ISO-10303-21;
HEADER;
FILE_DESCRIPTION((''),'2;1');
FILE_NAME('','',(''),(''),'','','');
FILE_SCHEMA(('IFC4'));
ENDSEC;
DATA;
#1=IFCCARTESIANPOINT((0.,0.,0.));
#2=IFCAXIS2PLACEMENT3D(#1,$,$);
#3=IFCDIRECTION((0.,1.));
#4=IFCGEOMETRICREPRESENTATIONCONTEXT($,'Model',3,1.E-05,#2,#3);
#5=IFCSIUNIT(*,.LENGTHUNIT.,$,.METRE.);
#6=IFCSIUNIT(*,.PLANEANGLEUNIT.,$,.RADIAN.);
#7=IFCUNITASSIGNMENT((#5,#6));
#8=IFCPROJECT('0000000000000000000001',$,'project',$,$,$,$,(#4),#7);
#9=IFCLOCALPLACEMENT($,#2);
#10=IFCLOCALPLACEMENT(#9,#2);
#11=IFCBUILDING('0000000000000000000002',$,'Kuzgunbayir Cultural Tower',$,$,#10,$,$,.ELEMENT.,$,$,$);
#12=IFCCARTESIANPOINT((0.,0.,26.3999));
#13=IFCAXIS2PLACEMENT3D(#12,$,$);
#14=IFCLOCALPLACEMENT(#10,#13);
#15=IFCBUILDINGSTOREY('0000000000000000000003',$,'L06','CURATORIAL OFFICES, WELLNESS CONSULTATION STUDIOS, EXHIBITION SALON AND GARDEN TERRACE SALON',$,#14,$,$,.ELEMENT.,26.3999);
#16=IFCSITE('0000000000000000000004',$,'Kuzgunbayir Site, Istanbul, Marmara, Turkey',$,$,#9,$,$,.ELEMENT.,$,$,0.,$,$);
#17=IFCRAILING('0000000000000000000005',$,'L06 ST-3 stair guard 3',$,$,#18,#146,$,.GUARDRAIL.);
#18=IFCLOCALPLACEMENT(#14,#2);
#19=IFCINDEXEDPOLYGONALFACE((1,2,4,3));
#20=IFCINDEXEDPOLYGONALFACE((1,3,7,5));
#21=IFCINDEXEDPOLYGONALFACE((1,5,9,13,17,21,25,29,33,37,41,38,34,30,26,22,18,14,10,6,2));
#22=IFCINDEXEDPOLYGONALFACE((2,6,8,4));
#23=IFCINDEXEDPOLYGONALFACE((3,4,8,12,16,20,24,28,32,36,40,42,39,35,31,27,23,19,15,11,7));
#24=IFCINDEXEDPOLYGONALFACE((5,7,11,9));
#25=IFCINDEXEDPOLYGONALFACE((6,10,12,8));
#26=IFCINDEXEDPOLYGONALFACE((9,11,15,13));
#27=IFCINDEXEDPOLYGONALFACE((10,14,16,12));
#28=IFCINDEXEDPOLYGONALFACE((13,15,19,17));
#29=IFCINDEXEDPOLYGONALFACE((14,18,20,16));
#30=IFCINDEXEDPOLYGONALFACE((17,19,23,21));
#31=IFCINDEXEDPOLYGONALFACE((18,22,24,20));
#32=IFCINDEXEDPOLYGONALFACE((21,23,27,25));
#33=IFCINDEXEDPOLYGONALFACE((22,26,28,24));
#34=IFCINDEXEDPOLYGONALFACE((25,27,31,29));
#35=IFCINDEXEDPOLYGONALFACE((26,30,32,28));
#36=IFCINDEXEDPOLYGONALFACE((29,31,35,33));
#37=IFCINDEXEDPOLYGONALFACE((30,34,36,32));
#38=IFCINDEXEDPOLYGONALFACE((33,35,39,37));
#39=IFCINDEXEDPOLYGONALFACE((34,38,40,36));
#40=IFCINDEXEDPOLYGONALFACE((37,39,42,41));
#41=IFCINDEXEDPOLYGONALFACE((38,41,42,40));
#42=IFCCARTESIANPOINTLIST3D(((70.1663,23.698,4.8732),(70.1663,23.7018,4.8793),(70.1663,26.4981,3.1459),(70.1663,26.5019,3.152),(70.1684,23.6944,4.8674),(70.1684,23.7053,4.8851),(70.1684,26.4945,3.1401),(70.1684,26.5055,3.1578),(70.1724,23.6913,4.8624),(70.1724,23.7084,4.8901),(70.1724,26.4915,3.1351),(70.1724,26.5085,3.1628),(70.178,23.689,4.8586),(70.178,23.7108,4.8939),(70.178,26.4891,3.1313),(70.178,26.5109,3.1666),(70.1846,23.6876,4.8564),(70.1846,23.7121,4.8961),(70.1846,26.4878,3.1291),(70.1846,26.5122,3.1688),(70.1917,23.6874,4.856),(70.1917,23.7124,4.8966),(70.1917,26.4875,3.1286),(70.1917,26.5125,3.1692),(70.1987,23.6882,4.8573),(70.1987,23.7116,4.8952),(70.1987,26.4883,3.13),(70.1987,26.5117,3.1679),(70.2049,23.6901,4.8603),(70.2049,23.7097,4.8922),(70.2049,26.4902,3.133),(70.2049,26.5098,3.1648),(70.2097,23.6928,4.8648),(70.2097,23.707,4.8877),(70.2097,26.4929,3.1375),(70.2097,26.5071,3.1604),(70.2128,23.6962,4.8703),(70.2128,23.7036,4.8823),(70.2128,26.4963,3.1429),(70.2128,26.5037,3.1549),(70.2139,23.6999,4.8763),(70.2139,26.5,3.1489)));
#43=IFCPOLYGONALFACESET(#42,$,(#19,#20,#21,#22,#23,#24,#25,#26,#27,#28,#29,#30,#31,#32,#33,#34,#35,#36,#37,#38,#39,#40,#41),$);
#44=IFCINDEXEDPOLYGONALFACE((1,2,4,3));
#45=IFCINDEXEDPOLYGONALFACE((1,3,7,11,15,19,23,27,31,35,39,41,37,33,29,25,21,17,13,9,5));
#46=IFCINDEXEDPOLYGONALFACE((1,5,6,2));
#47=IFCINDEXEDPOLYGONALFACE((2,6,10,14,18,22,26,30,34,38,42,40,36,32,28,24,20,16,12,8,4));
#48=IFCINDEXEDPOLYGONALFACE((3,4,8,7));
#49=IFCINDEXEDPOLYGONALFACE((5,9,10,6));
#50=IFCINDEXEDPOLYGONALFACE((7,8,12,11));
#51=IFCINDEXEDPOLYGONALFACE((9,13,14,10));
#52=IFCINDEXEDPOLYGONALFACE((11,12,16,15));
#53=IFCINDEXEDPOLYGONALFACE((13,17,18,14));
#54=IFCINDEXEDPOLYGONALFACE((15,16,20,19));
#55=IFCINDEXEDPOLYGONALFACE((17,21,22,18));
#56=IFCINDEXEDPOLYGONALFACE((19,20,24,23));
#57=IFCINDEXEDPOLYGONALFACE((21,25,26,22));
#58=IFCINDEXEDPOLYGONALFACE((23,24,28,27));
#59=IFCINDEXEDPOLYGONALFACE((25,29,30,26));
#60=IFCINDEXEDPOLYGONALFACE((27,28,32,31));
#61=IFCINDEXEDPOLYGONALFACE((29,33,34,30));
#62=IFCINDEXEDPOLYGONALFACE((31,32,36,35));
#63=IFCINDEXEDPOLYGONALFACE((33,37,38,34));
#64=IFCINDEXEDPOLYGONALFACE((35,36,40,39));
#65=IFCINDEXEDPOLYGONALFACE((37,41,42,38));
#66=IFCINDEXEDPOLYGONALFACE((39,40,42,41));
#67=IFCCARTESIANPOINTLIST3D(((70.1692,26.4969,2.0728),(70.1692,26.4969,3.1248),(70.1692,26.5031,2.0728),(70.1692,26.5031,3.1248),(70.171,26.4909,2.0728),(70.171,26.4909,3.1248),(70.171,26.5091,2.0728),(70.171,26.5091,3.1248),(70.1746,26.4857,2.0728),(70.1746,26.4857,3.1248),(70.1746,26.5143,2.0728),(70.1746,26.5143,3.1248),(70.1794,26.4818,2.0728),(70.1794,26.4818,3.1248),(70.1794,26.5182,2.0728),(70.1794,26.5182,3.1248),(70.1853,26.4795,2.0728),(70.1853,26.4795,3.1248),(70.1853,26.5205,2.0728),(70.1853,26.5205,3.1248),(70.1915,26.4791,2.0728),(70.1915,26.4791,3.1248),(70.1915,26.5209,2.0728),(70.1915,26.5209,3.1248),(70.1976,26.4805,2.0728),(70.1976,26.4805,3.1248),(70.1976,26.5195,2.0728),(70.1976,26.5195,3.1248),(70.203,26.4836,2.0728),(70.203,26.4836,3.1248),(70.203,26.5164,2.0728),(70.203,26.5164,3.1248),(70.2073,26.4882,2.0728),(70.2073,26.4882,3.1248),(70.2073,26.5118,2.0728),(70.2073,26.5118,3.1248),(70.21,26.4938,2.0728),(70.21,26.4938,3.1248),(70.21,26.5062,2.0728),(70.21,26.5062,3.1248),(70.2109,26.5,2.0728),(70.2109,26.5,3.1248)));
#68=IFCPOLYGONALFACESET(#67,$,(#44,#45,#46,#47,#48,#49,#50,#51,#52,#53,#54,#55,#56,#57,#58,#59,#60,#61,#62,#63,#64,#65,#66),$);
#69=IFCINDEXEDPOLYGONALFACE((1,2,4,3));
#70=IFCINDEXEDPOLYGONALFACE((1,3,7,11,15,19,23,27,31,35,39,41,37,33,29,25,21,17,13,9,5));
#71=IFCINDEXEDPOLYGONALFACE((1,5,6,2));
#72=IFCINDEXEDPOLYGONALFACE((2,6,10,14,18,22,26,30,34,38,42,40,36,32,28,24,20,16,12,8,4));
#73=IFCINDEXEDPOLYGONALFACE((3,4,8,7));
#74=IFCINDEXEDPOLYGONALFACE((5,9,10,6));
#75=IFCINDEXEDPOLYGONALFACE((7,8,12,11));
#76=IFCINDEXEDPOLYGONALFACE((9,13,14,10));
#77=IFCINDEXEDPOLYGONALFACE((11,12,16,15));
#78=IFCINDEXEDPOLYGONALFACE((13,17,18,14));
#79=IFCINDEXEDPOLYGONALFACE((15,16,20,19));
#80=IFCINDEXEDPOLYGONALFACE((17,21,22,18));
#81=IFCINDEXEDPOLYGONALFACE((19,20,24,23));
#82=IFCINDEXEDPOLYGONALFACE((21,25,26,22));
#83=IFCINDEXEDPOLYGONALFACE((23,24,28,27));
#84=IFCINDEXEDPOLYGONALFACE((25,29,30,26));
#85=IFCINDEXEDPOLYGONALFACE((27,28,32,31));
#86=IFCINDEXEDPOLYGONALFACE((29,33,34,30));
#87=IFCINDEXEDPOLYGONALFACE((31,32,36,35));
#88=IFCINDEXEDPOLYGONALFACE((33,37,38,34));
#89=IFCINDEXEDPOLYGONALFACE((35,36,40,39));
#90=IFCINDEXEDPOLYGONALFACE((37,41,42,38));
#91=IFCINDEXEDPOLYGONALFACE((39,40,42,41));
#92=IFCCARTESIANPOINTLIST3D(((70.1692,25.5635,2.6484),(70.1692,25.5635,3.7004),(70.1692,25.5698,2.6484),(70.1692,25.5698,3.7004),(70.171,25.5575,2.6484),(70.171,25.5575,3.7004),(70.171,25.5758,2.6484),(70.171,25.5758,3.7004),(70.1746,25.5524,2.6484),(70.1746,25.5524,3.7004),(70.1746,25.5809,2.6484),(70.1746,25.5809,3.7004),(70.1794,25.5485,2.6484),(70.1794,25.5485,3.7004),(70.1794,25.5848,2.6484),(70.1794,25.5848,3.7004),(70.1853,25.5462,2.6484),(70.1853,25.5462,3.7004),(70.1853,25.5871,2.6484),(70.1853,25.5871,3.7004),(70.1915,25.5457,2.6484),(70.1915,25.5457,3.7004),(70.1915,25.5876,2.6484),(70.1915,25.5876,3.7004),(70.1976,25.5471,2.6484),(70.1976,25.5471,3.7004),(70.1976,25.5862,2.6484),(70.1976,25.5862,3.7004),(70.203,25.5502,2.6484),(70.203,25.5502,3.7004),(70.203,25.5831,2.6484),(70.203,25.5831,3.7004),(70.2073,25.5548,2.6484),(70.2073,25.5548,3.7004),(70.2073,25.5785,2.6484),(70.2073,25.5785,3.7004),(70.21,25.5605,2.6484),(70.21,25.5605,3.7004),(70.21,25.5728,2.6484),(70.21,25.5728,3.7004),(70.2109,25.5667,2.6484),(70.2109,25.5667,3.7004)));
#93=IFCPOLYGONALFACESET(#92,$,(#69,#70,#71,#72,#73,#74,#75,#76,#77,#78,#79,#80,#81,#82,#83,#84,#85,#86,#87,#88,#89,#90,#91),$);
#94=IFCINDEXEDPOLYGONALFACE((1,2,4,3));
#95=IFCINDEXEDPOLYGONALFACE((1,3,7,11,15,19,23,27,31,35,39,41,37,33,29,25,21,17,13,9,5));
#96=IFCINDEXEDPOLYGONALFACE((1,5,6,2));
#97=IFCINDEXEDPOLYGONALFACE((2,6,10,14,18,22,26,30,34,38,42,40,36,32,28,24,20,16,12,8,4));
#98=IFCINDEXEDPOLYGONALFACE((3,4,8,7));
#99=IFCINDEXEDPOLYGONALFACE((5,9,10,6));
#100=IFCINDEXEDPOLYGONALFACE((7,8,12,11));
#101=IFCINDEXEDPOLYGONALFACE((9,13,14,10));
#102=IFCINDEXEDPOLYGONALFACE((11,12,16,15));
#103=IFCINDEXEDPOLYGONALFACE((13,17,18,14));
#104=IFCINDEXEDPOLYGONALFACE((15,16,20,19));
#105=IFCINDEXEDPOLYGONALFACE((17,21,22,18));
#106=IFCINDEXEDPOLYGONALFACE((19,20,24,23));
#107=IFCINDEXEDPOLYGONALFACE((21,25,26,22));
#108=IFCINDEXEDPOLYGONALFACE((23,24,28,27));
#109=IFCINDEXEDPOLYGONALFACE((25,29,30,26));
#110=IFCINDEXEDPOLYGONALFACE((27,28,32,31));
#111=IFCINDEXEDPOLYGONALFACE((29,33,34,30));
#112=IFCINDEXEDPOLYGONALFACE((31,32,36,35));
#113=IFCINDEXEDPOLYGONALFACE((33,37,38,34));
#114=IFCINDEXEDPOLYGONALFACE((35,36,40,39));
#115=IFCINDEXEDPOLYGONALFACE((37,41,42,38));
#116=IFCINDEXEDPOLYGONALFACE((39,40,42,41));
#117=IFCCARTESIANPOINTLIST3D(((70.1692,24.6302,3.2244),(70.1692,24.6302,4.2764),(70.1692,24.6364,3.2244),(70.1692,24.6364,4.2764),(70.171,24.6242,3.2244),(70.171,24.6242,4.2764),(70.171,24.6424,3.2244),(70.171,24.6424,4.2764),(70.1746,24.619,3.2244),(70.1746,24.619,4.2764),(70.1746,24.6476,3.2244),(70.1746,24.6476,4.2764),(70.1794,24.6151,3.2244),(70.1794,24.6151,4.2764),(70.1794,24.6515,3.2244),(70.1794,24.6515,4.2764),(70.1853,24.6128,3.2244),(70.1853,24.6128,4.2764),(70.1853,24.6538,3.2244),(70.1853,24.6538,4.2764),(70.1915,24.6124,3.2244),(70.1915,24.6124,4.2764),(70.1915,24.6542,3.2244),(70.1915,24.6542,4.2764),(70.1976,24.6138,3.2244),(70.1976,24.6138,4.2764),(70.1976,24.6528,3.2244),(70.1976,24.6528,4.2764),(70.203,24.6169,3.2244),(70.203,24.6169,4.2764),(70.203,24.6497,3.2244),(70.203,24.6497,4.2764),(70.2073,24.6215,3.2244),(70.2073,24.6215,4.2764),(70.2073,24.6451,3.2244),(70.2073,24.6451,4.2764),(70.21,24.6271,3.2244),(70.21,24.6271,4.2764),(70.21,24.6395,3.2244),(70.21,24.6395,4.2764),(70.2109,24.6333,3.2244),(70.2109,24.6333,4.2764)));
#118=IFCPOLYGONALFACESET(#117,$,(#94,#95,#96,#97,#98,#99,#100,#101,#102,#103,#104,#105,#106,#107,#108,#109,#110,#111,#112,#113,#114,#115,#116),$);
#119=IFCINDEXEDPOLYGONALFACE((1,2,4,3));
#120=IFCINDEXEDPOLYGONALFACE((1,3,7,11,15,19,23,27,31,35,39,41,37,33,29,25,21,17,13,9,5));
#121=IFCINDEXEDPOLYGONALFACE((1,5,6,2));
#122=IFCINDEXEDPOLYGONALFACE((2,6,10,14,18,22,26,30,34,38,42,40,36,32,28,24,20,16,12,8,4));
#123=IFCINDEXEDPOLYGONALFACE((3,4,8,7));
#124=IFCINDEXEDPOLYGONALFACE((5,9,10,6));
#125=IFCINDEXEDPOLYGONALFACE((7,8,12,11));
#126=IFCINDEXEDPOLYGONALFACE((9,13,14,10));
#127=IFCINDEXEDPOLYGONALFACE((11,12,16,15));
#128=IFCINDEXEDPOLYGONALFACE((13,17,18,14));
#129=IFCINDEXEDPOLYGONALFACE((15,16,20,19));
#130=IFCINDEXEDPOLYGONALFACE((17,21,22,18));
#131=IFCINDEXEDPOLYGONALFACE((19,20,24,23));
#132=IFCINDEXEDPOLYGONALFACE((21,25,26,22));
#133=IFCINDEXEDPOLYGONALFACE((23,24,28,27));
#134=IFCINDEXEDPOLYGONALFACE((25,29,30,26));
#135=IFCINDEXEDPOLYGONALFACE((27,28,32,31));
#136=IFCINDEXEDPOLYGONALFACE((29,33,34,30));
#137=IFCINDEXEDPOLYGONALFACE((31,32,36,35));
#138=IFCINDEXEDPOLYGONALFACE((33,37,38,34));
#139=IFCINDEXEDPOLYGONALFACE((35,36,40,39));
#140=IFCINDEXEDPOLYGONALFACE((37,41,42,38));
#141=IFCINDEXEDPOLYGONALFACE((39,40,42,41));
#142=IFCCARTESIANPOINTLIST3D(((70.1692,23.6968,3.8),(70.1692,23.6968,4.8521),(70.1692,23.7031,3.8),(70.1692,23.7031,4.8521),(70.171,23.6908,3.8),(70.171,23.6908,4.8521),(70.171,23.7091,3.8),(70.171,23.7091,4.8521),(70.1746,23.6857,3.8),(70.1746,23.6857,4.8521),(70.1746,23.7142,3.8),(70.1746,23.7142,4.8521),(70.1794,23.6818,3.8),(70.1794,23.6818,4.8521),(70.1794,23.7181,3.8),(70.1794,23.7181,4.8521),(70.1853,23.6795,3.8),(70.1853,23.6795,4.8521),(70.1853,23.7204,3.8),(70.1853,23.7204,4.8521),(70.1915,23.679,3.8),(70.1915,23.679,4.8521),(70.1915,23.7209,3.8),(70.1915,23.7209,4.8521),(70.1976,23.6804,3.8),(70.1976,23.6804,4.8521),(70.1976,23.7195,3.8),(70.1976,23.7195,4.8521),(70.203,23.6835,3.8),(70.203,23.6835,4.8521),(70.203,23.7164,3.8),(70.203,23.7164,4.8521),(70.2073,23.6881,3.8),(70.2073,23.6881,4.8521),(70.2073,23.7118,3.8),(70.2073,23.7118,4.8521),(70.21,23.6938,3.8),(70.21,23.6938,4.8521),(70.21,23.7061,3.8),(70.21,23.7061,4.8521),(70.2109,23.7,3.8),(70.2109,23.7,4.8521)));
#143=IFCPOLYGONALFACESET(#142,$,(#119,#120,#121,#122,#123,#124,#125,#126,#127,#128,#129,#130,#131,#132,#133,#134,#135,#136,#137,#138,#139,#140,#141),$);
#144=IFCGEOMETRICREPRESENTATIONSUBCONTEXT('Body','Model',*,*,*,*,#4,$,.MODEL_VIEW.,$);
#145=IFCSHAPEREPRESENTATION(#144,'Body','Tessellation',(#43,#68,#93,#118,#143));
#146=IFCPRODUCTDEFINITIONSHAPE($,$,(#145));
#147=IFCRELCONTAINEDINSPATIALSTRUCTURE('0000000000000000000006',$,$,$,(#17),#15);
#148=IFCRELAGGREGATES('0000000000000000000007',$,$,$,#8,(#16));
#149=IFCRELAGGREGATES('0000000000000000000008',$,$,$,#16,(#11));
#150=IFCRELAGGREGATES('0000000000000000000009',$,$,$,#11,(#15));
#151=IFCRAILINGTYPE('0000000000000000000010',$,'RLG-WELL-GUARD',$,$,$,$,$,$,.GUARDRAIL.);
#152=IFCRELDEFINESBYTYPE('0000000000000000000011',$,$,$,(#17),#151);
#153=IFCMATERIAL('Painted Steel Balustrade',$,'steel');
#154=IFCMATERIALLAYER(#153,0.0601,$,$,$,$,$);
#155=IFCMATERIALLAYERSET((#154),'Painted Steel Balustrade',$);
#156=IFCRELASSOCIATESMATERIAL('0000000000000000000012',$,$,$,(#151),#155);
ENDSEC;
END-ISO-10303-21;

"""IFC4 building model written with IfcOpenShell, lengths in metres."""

from ifc_helpers import new_model, si_unit, direction, frame, origin, origin_2d, place, context, subcontext, project, spatial, circle, extrude, material, layer, layer_set, type_object, element, save


model = new_model("IFC4")

# Units and contexts
model_context = context("Model", 3, precision=1e-05, world=origin(), true_north=direction((0.0, 1.0)))
body_context = subcontext(model_context, "Body", "Model", "MODEL_VIEW")
ifc_project = project(units=[si_unit("LENGTHUNIT", "METRE"), si_unit("PLANEANGLEUNIT", "RADIAN")], contexts=[model_context])

# Site, building, storey
site_placement = place(None, origin())
site = spatial("IfcSite", under=ifc_project, at=site_placement, Name="Kuzgunbayir Site, Istanbul, Marmara, Turkey", CompositionType="ELEMENT", RefElevation=0.0)
building_placement = place(site_placement, origin())
building = spatial("IfcBuilding", under=site, at=building_placement, Name="Kuzgunbayir Cultural Tower", CompositionType="ELEMENT")
storey_placement = place(building_placement, frame((0.0, 0.0, 26.3999)))
storey = spatial("IfcBuildingStorey", under=building, at=storey_placement, Name="L06", Description="CURATORIAL OFFICES, WELLNESS CONSULTATION STUDIOS, EXHIBITION SALON AND GARDEN TERRACE SALON", CompositionType="ELEMENT", Elevation=26.3999)

# Railing
ifc_material_1 = material(Name="Painted Steel Balustrade", Category="steel")
ifc_layer_1 = layer(ifc_material_1, 0.0601)
ifc_layer_set_1 = layer_set([ifc_layer_1], Name="Painted Steel Balustrade")
railing_type_1 = type_object("IfcRailingType", Name="RLG-WELL-GUARD", PredefinedType="GUARDRAIL", material=ifc_layer_set_1)
railing_1_placement = place(storey_placement, frame((70.1899, 26.5, 2.0728)))
element("IfcRailing", 1, at=railing_1_placement, inside=storey, type_object=railing_type_1, Name="L06 ST-3 stair guard 3", PredefinedType="GUARDRAIL", context=body_context, shape_type="SweptSolid", body=[
    extrude(circle(Radius=0.0239, at=origin_2d()), frame((0.0, 0.0, 1.0762), z_axis=(0.0, -0.85109, 0.52502), x_axis=(1.0, 0.0, 0.0)), (0.0, 0.0, 1.0), 3.29),
    extrude(circle(Radius=0.021, at=origin_2d()), origin(), (0.0, 0.0, 1.0), 1.052),
    extrude(circle(Radius=0.021, at=origin_2d()), frame((0.0, -0.9333, 0.5757)), (0.0, 0.0, 1.0), 1.052),
    extrude(circle(Radius=0.021, at=origin_2d()), frame((0.0, -1.8667, 1.1516)), (0.0, 0.0, 1.0), 1.052),
    extrude(circle(Radius=0.021, at=origin_2d()), frame((0.0, -2.8, 1.7273)), (0.0, 0.0, 1.0), 1.052),
])

save(model, "model.ifc")
